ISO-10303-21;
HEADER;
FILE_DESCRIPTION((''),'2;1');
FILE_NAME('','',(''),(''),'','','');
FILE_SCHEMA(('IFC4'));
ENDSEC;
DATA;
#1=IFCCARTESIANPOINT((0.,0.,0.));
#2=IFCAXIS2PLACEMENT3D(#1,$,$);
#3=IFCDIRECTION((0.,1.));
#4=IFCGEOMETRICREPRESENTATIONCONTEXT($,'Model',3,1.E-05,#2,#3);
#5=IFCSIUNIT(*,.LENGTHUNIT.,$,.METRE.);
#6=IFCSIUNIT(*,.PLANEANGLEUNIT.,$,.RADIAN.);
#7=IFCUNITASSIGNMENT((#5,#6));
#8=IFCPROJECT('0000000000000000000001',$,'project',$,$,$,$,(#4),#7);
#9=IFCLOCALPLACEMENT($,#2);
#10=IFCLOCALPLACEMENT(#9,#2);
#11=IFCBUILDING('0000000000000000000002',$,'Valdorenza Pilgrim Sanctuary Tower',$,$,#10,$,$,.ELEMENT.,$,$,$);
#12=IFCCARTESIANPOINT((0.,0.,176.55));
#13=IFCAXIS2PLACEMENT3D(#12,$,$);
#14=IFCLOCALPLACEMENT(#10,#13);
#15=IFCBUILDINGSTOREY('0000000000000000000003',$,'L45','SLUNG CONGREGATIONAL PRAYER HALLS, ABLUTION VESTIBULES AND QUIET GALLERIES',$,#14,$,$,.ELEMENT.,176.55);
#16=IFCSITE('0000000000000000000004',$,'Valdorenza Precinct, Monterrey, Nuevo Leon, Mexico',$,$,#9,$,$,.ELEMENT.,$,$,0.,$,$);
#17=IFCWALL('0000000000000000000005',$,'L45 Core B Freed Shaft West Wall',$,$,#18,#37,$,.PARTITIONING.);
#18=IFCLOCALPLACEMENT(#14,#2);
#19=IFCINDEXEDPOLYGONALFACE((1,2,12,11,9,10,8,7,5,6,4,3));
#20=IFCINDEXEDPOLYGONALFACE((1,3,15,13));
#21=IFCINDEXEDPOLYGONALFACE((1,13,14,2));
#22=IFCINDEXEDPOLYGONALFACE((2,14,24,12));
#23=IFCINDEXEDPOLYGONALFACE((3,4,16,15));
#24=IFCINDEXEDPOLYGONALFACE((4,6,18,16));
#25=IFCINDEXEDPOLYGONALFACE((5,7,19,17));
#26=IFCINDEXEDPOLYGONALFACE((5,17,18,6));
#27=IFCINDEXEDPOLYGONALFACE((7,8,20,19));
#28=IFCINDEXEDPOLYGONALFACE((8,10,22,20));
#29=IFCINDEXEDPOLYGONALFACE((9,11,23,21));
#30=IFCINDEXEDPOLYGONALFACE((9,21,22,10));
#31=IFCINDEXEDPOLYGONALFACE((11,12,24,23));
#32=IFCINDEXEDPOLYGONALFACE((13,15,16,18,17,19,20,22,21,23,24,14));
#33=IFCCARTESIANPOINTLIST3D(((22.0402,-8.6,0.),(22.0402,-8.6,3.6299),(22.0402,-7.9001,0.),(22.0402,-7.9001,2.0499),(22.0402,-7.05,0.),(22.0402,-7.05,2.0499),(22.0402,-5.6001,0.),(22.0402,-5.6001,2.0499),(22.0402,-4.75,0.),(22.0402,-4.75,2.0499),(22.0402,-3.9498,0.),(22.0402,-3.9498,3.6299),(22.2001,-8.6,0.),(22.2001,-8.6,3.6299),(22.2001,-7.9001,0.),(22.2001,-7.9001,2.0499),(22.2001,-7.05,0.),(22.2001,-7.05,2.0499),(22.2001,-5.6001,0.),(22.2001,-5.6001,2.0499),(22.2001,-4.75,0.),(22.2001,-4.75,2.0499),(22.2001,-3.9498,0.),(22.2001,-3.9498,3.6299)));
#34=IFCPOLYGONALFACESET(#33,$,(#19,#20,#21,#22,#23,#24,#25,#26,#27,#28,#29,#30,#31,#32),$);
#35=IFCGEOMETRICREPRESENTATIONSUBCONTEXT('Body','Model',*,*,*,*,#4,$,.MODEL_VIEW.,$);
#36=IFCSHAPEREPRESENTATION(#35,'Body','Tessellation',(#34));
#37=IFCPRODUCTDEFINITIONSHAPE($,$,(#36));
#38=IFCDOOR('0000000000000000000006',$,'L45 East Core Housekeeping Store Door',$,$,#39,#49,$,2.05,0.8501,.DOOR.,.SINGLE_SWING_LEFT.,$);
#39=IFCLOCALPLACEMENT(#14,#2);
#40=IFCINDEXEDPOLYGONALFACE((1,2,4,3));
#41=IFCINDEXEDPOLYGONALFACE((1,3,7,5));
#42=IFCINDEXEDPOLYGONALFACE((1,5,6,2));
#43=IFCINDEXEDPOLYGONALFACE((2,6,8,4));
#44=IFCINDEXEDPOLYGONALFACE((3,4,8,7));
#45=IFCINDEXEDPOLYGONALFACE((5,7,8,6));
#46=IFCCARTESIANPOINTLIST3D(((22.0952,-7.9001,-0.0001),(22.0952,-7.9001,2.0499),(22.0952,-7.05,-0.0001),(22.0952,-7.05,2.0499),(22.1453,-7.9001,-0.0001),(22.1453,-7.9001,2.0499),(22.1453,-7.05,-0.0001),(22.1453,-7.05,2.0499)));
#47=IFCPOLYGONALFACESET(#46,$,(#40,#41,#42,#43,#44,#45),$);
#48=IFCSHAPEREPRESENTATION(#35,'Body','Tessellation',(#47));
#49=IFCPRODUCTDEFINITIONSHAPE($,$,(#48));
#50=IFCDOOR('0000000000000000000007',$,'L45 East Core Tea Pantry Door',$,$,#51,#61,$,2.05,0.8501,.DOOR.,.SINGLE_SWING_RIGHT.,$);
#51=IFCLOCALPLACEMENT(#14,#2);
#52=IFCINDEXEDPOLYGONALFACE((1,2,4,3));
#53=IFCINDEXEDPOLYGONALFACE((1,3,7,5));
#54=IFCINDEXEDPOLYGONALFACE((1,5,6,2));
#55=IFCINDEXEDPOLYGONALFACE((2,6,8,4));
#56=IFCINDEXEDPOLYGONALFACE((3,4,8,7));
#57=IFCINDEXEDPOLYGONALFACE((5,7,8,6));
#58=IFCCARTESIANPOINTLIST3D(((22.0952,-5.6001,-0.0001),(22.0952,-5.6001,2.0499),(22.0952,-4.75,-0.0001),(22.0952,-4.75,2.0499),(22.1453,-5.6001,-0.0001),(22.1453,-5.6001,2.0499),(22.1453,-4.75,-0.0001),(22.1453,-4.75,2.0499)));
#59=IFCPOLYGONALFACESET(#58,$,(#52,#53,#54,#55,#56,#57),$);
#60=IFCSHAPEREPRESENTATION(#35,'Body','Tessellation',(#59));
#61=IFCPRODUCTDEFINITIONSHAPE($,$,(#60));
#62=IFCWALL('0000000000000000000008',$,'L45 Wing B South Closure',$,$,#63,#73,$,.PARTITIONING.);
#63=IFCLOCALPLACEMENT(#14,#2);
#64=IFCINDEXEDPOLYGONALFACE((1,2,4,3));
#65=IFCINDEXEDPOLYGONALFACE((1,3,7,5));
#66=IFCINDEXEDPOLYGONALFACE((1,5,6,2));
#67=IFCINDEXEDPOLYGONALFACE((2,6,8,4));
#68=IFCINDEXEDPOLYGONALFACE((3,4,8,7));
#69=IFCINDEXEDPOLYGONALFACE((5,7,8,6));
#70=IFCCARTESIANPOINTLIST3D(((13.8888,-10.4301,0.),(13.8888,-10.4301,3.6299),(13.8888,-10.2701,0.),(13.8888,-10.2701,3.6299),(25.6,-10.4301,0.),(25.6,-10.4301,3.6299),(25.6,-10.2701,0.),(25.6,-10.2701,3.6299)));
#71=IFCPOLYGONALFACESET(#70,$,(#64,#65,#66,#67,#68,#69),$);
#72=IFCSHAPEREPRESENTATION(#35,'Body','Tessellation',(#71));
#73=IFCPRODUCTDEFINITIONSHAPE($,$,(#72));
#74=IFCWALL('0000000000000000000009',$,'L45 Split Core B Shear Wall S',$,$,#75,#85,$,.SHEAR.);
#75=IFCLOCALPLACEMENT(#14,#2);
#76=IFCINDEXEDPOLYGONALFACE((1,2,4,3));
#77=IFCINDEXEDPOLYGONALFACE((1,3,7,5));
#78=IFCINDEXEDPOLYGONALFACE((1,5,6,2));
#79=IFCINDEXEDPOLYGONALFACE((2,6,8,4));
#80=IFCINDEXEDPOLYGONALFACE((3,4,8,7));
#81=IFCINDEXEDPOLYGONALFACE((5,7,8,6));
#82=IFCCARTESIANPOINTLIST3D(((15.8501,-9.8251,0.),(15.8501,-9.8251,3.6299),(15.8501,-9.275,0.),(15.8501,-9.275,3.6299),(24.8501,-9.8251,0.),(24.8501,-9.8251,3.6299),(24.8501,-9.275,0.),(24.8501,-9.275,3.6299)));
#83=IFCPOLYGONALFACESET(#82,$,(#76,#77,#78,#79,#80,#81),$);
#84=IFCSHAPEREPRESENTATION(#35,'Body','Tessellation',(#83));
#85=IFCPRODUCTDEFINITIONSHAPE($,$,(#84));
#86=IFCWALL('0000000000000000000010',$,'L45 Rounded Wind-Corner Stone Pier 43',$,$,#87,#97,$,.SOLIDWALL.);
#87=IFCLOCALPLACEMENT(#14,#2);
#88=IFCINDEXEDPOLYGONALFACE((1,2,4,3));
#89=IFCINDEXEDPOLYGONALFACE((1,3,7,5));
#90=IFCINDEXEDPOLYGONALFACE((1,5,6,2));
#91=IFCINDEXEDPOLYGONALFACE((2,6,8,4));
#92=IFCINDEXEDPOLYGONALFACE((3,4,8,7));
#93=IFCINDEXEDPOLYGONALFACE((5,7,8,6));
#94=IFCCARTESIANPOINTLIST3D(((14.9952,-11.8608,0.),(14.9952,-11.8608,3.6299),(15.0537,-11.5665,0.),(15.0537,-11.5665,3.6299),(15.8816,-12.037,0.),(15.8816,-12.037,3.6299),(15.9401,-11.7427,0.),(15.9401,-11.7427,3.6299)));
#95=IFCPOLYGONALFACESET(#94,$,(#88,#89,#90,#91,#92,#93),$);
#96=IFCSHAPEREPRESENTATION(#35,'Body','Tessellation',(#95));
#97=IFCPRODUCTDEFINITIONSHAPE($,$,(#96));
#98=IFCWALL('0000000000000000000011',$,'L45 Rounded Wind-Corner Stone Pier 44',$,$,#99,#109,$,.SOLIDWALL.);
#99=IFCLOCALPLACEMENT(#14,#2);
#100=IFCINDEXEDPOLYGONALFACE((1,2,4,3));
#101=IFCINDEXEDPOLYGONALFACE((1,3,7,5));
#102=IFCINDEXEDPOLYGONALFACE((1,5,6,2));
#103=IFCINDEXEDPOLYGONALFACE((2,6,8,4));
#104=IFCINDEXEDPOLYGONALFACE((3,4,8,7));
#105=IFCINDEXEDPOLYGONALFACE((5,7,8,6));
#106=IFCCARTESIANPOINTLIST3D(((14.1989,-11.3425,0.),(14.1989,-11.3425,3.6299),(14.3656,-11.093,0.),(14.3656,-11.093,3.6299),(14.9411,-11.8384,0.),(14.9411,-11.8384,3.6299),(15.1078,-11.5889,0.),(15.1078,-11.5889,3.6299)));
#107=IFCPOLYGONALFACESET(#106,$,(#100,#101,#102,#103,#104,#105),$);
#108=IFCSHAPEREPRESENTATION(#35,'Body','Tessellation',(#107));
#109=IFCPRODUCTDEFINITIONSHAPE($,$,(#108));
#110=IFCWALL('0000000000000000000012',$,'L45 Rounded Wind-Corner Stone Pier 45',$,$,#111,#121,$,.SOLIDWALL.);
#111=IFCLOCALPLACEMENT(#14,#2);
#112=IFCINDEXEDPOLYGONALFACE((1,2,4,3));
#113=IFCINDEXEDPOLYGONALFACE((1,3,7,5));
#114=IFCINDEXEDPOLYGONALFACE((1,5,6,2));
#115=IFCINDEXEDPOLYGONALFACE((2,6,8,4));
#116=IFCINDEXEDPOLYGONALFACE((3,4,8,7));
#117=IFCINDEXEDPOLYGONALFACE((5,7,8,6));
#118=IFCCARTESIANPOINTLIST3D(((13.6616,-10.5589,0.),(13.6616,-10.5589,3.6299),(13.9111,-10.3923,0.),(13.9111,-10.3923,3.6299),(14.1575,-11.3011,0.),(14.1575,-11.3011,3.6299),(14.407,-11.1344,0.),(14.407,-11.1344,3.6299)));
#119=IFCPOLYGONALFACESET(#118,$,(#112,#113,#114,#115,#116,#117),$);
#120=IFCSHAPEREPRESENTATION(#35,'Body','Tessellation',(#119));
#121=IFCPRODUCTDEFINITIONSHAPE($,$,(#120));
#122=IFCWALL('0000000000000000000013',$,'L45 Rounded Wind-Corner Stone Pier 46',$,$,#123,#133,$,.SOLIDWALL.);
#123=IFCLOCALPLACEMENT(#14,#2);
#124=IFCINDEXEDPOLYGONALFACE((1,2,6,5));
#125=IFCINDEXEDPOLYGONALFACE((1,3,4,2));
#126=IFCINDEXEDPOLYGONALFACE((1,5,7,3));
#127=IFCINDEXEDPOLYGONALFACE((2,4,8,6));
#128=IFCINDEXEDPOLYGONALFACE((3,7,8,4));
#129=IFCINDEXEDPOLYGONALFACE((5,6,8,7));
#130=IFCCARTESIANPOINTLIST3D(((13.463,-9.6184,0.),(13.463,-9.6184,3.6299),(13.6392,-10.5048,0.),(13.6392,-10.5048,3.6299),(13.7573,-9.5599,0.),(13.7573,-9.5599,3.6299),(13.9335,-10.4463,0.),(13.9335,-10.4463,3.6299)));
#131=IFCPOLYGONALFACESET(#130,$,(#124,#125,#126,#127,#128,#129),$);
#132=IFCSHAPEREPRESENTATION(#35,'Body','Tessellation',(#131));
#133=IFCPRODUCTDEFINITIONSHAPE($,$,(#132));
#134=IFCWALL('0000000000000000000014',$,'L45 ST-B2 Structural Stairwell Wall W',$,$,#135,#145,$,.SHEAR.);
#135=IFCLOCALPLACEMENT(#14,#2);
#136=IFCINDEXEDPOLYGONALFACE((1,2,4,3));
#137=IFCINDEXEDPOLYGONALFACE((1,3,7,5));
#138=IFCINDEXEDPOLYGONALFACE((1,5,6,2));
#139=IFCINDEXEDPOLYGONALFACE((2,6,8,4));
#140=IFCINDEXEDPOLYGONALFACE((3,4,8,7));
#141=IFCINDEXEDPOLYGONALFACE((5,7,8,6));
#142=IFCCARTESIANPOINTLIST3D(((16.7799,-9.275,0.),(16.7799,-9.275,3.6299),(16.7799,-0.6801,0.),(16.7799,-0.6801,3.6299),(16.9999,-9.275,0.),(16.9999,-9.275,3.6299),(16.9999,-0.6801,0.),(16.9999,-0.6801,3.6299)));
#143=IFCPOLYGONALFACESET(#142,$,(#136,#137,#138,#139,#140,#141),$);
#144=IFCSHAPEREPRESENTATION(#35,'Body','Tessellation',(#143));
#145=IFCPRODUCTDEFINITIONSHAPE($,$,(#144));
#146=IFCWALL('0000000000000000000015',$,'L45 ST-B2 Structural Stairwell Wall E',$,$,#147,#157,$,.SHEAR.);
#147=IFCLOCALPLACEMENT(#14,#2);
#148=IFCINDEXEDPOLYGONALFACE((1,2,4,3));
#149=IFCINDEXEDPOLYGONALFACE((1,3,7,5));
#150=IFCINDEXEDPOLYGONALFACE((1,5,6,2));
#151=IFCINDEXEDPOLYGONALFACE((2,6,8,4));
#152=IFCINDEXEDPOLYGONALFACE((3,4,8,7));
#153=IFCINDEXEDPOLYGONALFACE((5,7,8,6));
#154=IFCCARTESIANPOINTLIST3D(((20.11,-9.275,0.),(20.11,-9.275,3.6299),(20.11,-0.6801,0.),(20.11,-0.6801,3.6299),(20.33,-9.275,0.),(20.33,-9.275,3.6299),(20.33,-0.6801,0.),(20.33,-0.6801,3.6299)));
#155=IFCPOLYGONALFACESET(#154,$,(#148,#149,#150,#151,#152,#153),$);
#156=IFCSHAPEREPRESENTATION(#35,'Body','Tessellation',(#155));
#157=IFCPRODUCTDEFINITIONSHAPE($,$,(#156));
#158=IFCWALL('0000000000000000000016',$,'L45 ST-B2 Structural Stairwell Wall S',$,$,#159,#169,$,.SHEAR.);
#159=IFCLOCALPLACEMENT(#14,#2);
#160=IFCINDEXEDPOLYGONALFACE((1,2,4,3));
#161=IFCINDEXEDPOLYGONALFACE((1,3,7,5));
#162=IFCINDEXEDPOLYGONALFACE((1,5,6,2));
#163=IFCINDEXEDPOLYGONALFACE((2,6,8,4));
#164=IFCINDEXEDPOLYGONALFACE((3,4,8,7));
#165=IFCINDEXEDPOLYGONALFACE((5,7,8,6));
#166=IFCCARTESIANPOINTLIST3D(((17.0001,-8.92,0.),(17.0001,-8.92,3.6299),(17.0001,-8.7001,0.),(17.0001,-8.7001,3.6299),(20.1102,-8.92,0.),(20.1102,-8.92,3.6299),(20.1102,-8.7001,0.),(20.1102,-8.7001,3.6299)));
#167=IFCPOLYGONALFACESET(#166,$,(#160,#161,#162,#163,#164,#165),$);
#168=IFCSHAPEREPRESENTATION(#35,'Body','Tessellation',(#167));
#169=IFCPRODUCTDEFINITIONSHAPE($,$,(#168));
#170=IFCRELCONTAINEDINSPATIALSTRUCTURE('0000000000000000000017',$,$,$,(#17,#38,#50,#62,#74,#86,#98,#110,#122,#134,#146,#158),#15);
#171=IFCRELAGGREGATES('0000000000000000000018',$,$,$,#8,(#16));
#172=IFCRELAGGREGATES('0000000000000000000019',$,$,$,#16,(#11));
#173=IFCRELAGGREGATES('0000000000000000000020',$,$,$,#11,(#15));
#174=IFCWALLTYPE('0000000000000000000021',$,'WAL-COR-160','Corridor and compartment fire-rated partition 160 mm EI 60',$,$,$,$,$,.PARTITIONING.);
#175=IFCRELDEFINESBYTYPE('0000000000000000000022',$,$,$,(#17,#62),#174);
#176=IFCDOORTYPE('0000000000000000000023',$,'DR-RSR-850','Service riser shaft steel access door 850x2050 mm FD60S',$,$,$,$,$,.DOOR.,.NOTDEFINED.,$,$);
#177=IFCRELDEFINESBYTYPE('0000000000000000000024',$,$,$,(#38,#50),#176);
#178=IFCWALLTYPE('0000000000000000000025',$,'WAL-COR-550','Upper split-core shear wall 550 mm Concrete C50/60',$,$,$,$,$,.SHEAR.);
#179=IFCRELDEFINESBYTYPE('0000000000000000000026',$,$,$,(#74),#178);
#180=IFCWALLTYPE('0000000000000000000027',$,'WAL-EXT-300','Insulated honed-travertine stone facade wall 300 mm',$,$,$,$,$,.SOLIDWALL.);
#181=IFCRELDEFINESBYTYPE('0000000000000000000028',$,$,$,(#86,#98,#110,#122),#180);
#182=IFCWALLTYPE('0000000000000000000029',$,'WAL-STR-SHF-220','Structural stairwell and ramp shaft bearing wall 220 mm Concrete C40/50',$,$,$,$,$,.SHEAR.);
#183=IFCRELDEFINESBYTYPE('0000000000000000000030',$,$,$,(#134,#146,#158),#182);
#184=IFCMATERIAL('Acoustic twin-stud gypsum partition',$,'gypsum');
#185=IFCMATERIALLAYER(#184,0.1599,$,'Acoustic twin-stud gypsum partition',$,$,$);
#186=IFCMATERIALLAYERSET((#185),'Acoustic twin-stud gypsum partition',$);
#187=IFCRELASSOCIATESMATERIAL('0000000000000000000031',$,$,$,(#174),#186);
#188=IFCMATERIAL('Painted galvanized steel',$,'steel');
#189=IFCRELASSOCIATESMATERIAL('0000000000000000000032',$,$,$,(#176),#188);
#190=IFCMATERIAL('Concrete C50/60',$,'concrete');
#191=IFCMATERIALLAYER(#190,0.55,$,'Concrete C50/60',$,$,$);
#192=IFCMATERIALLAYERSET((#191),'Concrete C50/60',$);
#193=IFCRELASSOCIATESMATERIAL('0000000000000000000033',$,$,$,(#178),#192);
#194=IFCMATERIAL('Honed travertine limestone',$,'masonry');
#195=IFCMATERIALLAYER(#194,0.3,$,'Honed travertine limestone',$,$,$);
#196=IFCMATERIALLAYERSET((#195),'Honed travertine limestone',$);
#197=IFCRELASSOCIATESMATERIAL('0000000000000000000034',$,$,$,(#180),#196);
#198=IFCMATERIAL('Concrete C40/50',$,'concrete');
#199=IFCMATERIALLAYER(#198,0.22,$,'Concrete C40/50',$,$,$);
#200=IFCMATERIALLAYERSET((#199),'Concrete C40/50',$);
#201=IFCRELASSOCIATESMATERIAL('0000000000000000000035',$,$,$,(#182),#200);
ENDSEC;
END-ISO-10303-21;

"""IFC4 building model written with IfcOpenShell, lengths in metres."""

from ifc_helpers import new_model, si_unit, direction, frame, frame_2d, origin, place, context, subcontext, project, spatial, rectangle, extrude, material, layer, layer_set, type_object, element, fill, save


model = new_model("IFC4")

# Units and contexts
model_context = context("Model", 3, precision=1e-05, world=origin(), true_north=direction((0.0, 1.0)))
body_context = subcontext(model_context, "Body", "Model", "MODEL_VIEW")
ifc_project = project(units=[si_unit("LENGTHUNIT", "METRE"), si_unit("PLANEANGLEUNIT", "RADIAN")], contexts=[model_context])

# Site, building, storey
site_placement = place(None, origin())
site = spatial("IfcSite", under=ifc_project, at=site_placement, Name="Valdorenza Precinct, Monterrey, Nuevo Leon, Mexico", CompositionType="ELEMENT", RefElevation=0.0)
building_placement = place(site_placement, origin())
building = spatial("IfcBuilding", under=site, at=building_placement, Name="Valdorenza Pilgrim Sanctuary Tower", CompositionType="ELEMENT")
storey_placement = place(building_placement, frame((0.0, 0.0, 176.55)))
storey = spatial("IfcBuildingStorey", under=building, at=storey_placement, Name="L45", Description="SLUNG CONGREGATIONAL PRAYER HALLS, ABLUTION VESTIBULES AND QUIET GALLERIES", CompositionType="ELEMENT", Elevation=176.55)

# Shared definitions
ifc_material_1 = material(Name="Concrete C50/60", Category="concrete")

# Shared definitions
ifc_material_2 = material(Name="Honed travertine limestone", Category="masonry")

# Shared definitions
ifc_material_3 = material(Name="Acoustic twin-stud gypsum partition", Category="gypsum")
ifc_layer_1 = layer(ifc_material_3, 0.1599, Name="Acoustic twin-stud gypsum partition")
ifc_layer_set_1 = layer_set([ifc_layer_1], Name="Acoustic twin-stud gypsum partition")
wall_type_1 = type_object("IfcWallType", Name="WAL-COR-160", Description="Corridor and compartment fire-rated partition 160 mm EI 60", PredefinedType="PARTITIONING", material=ifc_layer_set_1)

# Wall, openings, doors
wall_1_placement = place(storey_placement, frame((22.1201, -8.6001, 0.0), z_axis=(0.0, 0.0, 1.0), x_axis=(0.0, 1.0, 0.0)))
wall_1 = element("IfcWall", 1, at=wall_1_placement, inside=storey, type_object=wall_type_1, Name="L45 Core B Freed Shaft West Wall", PredefinedType="PARTITIONING", context=body_context, shape_type="SweptSolid", body=[
    extrude(rectangle(XDim=4.6501, YDim=0.1599, at=frame_2d((2.3252, 0.0))), origin(), (0.0, 0.0, 1.0), 3.6299),
])
opening_1_placement = place(wall_1_placement, frame((0.7, 0.0, 0.0)))
opening_1 = element("IfcOpeningElement", 2, at=opening_1_placement, cuts=wall_1, PredefinedType="OPENING", context=body_context, shape_type="SweptSolid", body=[
    extrude(rectangle(XDim=0.8501, YDim=2.05, at=frame_2d((0.425, 1.0249))), frame((0.0, 0.0947, 0.0), z_axis=(0.0, -1.0, 0.0), x_axis=(1.0, 0.0, 0.0)), (0.0, 0.0, 1.0), 0.1897),
])
opening_2_placement = place(wall_1_placement, frame((3.0, 0.0, 0.0)))
opening_2 = element("IfcOpeningElement", 3, at=opening_2_placement, cuts=wall_1, PredefinedType="OPENING", context=body_context, shape_type="SweptSolid", body=[
    extrude(rectangle(XDim=0.8501, YDim=2.05, at=frame_2d((0.425, 1.0249))), frame((0.0, 0.0947, 0.0), z_axis=(0.0, -1.0, 0.0), x_axis=(1.0, 0.0, 0.0)), (0.0, 0.0, 1.0), 0.1897),
])
ifc_material_4 = material(Name="Painted galvanized steel", Category="steel")
door_type = type_object("IfcDoorType", Name="DR-RSR-850", Description="Service riser shaft steel access door 850x2050 mm FD60S", OperationType="NOTDEFINED", PredefinedType="DOOR", material=ifc_material_4)
door_1_placement = place(opening_1_placement, origin())
door_1 = element("IfcDoor", 4, at=door_1_placement, inside=storey, type_object=door_type, Name="L45 East Core Housekeeping Store Door", OperationType="SINGLE_SWING_LEFT", OverallHeight=2.05, OverallWidth=0.8501, PredefinedType="DOOR", context=body_context, shape_type="SweptSolid", body=[
    extrude(rectangle(XDim=0.8501, YDim=2.05, at=frame_2d((0.425, 1.0249))), frame((0.0, 0.0249, 0.0), z_axis=(0.0, -1.0, 0.0), x_axis=(1.0, 0.0, 0.0)), (0.0, 0.0, 1.0), 0.05),
])
fill(opening_1, door_1)
door_2_placement = place(opening_2_placement, origin())
door_2 = element("IfcDoor", 5, at=door_2_placement, inside=storey, type_object=door_type, Name="L45 East Core Tea Pantry Door", OperationType="SINGLE_SWING_RIGHT", OverallHeight=2.05, OverallWidth=0.8501, PredefinedType="DOOR", context=body_context, shape_type="SweptSolid", body=[
    extrude(rectangle(XDim=0.8501, YDim=2.05, at=frame_2d((0.425, 1.0249))), frame((0.0, 0.0249, 0.0), z_axis=(0.0, -1.0, 0.0), x_axis=(1.0, 0.0, 0.0)), (0.0, 0.0, 1.0), 0.05),
])
fill(opening_2, door_2)

# Walls
wall_2_placement = place(storey_placement, frame((13.8889, -10.3501, 0.0), z_axis=(0.0, 0.0, 1.0), x_axis=(1.0, 0.0, 0.0)))
element("IfcWall", 6, at=wall_2_placement, inside=storey, type_object=wall_type_1, Name="L45 Wing B South Closure", PredefinedType="PARTITIONING", context=body_context, shape_type="SweptSolid", body=[
    extrude(rectangle(XDim=11.7112, YDim=0.1599, at=frame_2d((5.8555, 0.0))), origin(), (0.0, 0.0, 1.0), 3.6299),
])
ifc_layer_2 = layer(ifc_material_1, 0.55, Name="Concrete C50/60")
ifc_layer_set_2 = layer_set([ifc_layer_2], Name="Concrete C50/60")
wall_type_2 = type_object("IfcWallType", Name="WAL-COR-550", Description="Upper split-core shear wall 550 mm Concrete C50/60", PredefinedType="SHEAR", material=ifc_layer_set_2)
wall_3_placement = place(storey_placement, frame((15.8501, -9.55, 0.0), z_axis=(0.0, 0.0, 1.0), x_axis=(1.0, 0.0, 0.0)))
element("IfcWall", 7, at=wall_3_placement, inside=storey, type_object=wall_type_2, Name="L45 Split Core B Shear Wall S", PredefinedType="SHEAR", context=body_context, shape_type="SweptSolid", body=[
    extrude(rectangle(XDim=9.0, YDim=0.55, at=frame_2d((4.5, 0.0))), origin(), (0.0, 0.0, 1.0), 3.6299),
])
ifc_layer_3 = layer(ifc_material_2, 0.3, Name="Honed travertine limestone")
ifc_layer_set_3 = layer_set([ifc_layer_3], Name="Honed travertine limestone")
wall_type_3 = type_object("IfcWallType", Name="WAL-EXT-300", Description="Insulated honed-travertine stone facade wall 300 mm", PredefinedType="SOLIDWALL", material=ifc_layer_set_3)
wall_4_placement = place(storey_placement, frame((15.9109, -11.8899, 0.0), z_axis=(0.0, 0.0, 1.0), x_axis=(-0.980798, 0.195025, 0.0)))
element("IfcWall", 8, at=wall_4_placement, inside=storey, type_object=wall_type_3, Name="L45 Rounded Wind-Corner Stone Pier 43", PredefinedType="SOLIDWALL", context=body_context, shape_type="SweptSolid", body=[
    extrude(rectangle(XDim=0.9038, YDim=0.3, at=frame_2d((0.4519, 0.0))), origin(), (0.0, 0.0, 1.0), 3.6299),
])
for number, where, z_axis, x_axis, name in (
    (9, (15.0244, -11.7136, 0.0), (0.0, 0.0, 1.0), (-0.831503, 0.55552, 0.0), "L45 Rounded Wind-Corner Stone Pier 44"),
    (10, (14.2822, -11.2178, 0.0), (0.0, 0.0, 1.0), (-0.55552, 0.831503, 0.0), "L45 Rounded Wind-Corner Stone Pier 45"),
):
    element("IfcWall", number, at=place(storey_placement, frame(where, z_axis=z_axis, x_axis=x_axis)), inside=storey, type_object=wall_type_3, Name=name, PredefinedType="SOLIDWALL", context=body_context, shape_type="SweptSolid", body=[
        extrude(rectangle(XDim=0.8926, YDim=0.3, at=frame_2d((0.4463, 0.0))), origin(), (0.0, 0.0, 1.0), 3.6299),
    ])
wall_5_placement = place(storey_placement, frame((13.7864, -10.4756, 0.0), z_axis=(0.0, 0.0, 1.0), x_axis=(-0.195025, 0.980798, 0.0)))
element("IfcWall", 11, at=wall_5_placement, inside=storey, type_object=wall_type_3, Name="L45 Rounded Wind-Corner Stone Pier 46", PredefinedType="SOLIDWALL", context=body_context, shape_type="SweptSolid", body=[
    extrude(rectangle(XDim=0.9038, YDim=0.3, at=frame_2d((0.4519, 0.0))), origin(), (0.0, 0.0, 1.0), 3.6299),
])
ifc_material_5 = material(Name="Concrete C40/50", Category="concrete")
ifc_layer_4 = layer(ifc_material_5, 0.22, Name="Concrete C40/50")
ifc_layer_set_4 = layer_set([ifc_layer_4], Name="Concrete C40/50")
wall_type_4 = type_object("IfcWallType", Name="WAL-STR-SHF-220", Description="Structural stairwell and ramp shaft bearing wall 220 mm Concrete C40/50", PredefinedType="SHEAR", material=ifc_layer_set_4)
for number, where, z_axis, x_axis, name in (
    (12, (16.8899, -9.2749, 0.0), (0.0, 0.0, 1.0), (0.0, 1.0, 0.0), "L45 ST-B2 Structural Stairwell Wall W"),
    (13, (20.22, -9.2749, 0.0), (0.0, 0.0, 1.0), (0.0, 1.0, 0.0), "L45 ST-B2 Structural Stairwell Wall E"),
):
    element("IfcWall", number, at=place(storey_placement, frame(where, z_axis=z_axis, x_axis=x_axis)), inside=storey, type_object=wall_type_4, Name=name, PredefinedType="SHEAR", context=body_context, shape_type="SweptSolid", body=[
        extrude(rectangle(XDim=8.595, YDim=0.22, at=frame_2d((4.2974, 0.0))), origin(), (0.0, 0.0, 1.0), 3.6299),
    ])
wall_6_placement = place(storey_placement, frame((17.0, -8.8101, 0.0), z_axis=(0.0, 0.0, 1.0), x_axis=(1.0, 0.0, 0.0)))
element("IfcWall", 14, at=wall_6_placement, inside=storey, type_object=wall_type_4, Name="L45 ST-B2 Structural Stairwell Wall S", PredefinedType="SHEAR", context=body_context, shape_type="SweptSolid", body=[
    extrude(rectangle(XDim=3.1101, YDim=0.22, at=frame_2d((1.5552, 0.0))), origin(), (0.0, 0.0, 1.0), 3.6299),
])

save(model, "model.ifc")
